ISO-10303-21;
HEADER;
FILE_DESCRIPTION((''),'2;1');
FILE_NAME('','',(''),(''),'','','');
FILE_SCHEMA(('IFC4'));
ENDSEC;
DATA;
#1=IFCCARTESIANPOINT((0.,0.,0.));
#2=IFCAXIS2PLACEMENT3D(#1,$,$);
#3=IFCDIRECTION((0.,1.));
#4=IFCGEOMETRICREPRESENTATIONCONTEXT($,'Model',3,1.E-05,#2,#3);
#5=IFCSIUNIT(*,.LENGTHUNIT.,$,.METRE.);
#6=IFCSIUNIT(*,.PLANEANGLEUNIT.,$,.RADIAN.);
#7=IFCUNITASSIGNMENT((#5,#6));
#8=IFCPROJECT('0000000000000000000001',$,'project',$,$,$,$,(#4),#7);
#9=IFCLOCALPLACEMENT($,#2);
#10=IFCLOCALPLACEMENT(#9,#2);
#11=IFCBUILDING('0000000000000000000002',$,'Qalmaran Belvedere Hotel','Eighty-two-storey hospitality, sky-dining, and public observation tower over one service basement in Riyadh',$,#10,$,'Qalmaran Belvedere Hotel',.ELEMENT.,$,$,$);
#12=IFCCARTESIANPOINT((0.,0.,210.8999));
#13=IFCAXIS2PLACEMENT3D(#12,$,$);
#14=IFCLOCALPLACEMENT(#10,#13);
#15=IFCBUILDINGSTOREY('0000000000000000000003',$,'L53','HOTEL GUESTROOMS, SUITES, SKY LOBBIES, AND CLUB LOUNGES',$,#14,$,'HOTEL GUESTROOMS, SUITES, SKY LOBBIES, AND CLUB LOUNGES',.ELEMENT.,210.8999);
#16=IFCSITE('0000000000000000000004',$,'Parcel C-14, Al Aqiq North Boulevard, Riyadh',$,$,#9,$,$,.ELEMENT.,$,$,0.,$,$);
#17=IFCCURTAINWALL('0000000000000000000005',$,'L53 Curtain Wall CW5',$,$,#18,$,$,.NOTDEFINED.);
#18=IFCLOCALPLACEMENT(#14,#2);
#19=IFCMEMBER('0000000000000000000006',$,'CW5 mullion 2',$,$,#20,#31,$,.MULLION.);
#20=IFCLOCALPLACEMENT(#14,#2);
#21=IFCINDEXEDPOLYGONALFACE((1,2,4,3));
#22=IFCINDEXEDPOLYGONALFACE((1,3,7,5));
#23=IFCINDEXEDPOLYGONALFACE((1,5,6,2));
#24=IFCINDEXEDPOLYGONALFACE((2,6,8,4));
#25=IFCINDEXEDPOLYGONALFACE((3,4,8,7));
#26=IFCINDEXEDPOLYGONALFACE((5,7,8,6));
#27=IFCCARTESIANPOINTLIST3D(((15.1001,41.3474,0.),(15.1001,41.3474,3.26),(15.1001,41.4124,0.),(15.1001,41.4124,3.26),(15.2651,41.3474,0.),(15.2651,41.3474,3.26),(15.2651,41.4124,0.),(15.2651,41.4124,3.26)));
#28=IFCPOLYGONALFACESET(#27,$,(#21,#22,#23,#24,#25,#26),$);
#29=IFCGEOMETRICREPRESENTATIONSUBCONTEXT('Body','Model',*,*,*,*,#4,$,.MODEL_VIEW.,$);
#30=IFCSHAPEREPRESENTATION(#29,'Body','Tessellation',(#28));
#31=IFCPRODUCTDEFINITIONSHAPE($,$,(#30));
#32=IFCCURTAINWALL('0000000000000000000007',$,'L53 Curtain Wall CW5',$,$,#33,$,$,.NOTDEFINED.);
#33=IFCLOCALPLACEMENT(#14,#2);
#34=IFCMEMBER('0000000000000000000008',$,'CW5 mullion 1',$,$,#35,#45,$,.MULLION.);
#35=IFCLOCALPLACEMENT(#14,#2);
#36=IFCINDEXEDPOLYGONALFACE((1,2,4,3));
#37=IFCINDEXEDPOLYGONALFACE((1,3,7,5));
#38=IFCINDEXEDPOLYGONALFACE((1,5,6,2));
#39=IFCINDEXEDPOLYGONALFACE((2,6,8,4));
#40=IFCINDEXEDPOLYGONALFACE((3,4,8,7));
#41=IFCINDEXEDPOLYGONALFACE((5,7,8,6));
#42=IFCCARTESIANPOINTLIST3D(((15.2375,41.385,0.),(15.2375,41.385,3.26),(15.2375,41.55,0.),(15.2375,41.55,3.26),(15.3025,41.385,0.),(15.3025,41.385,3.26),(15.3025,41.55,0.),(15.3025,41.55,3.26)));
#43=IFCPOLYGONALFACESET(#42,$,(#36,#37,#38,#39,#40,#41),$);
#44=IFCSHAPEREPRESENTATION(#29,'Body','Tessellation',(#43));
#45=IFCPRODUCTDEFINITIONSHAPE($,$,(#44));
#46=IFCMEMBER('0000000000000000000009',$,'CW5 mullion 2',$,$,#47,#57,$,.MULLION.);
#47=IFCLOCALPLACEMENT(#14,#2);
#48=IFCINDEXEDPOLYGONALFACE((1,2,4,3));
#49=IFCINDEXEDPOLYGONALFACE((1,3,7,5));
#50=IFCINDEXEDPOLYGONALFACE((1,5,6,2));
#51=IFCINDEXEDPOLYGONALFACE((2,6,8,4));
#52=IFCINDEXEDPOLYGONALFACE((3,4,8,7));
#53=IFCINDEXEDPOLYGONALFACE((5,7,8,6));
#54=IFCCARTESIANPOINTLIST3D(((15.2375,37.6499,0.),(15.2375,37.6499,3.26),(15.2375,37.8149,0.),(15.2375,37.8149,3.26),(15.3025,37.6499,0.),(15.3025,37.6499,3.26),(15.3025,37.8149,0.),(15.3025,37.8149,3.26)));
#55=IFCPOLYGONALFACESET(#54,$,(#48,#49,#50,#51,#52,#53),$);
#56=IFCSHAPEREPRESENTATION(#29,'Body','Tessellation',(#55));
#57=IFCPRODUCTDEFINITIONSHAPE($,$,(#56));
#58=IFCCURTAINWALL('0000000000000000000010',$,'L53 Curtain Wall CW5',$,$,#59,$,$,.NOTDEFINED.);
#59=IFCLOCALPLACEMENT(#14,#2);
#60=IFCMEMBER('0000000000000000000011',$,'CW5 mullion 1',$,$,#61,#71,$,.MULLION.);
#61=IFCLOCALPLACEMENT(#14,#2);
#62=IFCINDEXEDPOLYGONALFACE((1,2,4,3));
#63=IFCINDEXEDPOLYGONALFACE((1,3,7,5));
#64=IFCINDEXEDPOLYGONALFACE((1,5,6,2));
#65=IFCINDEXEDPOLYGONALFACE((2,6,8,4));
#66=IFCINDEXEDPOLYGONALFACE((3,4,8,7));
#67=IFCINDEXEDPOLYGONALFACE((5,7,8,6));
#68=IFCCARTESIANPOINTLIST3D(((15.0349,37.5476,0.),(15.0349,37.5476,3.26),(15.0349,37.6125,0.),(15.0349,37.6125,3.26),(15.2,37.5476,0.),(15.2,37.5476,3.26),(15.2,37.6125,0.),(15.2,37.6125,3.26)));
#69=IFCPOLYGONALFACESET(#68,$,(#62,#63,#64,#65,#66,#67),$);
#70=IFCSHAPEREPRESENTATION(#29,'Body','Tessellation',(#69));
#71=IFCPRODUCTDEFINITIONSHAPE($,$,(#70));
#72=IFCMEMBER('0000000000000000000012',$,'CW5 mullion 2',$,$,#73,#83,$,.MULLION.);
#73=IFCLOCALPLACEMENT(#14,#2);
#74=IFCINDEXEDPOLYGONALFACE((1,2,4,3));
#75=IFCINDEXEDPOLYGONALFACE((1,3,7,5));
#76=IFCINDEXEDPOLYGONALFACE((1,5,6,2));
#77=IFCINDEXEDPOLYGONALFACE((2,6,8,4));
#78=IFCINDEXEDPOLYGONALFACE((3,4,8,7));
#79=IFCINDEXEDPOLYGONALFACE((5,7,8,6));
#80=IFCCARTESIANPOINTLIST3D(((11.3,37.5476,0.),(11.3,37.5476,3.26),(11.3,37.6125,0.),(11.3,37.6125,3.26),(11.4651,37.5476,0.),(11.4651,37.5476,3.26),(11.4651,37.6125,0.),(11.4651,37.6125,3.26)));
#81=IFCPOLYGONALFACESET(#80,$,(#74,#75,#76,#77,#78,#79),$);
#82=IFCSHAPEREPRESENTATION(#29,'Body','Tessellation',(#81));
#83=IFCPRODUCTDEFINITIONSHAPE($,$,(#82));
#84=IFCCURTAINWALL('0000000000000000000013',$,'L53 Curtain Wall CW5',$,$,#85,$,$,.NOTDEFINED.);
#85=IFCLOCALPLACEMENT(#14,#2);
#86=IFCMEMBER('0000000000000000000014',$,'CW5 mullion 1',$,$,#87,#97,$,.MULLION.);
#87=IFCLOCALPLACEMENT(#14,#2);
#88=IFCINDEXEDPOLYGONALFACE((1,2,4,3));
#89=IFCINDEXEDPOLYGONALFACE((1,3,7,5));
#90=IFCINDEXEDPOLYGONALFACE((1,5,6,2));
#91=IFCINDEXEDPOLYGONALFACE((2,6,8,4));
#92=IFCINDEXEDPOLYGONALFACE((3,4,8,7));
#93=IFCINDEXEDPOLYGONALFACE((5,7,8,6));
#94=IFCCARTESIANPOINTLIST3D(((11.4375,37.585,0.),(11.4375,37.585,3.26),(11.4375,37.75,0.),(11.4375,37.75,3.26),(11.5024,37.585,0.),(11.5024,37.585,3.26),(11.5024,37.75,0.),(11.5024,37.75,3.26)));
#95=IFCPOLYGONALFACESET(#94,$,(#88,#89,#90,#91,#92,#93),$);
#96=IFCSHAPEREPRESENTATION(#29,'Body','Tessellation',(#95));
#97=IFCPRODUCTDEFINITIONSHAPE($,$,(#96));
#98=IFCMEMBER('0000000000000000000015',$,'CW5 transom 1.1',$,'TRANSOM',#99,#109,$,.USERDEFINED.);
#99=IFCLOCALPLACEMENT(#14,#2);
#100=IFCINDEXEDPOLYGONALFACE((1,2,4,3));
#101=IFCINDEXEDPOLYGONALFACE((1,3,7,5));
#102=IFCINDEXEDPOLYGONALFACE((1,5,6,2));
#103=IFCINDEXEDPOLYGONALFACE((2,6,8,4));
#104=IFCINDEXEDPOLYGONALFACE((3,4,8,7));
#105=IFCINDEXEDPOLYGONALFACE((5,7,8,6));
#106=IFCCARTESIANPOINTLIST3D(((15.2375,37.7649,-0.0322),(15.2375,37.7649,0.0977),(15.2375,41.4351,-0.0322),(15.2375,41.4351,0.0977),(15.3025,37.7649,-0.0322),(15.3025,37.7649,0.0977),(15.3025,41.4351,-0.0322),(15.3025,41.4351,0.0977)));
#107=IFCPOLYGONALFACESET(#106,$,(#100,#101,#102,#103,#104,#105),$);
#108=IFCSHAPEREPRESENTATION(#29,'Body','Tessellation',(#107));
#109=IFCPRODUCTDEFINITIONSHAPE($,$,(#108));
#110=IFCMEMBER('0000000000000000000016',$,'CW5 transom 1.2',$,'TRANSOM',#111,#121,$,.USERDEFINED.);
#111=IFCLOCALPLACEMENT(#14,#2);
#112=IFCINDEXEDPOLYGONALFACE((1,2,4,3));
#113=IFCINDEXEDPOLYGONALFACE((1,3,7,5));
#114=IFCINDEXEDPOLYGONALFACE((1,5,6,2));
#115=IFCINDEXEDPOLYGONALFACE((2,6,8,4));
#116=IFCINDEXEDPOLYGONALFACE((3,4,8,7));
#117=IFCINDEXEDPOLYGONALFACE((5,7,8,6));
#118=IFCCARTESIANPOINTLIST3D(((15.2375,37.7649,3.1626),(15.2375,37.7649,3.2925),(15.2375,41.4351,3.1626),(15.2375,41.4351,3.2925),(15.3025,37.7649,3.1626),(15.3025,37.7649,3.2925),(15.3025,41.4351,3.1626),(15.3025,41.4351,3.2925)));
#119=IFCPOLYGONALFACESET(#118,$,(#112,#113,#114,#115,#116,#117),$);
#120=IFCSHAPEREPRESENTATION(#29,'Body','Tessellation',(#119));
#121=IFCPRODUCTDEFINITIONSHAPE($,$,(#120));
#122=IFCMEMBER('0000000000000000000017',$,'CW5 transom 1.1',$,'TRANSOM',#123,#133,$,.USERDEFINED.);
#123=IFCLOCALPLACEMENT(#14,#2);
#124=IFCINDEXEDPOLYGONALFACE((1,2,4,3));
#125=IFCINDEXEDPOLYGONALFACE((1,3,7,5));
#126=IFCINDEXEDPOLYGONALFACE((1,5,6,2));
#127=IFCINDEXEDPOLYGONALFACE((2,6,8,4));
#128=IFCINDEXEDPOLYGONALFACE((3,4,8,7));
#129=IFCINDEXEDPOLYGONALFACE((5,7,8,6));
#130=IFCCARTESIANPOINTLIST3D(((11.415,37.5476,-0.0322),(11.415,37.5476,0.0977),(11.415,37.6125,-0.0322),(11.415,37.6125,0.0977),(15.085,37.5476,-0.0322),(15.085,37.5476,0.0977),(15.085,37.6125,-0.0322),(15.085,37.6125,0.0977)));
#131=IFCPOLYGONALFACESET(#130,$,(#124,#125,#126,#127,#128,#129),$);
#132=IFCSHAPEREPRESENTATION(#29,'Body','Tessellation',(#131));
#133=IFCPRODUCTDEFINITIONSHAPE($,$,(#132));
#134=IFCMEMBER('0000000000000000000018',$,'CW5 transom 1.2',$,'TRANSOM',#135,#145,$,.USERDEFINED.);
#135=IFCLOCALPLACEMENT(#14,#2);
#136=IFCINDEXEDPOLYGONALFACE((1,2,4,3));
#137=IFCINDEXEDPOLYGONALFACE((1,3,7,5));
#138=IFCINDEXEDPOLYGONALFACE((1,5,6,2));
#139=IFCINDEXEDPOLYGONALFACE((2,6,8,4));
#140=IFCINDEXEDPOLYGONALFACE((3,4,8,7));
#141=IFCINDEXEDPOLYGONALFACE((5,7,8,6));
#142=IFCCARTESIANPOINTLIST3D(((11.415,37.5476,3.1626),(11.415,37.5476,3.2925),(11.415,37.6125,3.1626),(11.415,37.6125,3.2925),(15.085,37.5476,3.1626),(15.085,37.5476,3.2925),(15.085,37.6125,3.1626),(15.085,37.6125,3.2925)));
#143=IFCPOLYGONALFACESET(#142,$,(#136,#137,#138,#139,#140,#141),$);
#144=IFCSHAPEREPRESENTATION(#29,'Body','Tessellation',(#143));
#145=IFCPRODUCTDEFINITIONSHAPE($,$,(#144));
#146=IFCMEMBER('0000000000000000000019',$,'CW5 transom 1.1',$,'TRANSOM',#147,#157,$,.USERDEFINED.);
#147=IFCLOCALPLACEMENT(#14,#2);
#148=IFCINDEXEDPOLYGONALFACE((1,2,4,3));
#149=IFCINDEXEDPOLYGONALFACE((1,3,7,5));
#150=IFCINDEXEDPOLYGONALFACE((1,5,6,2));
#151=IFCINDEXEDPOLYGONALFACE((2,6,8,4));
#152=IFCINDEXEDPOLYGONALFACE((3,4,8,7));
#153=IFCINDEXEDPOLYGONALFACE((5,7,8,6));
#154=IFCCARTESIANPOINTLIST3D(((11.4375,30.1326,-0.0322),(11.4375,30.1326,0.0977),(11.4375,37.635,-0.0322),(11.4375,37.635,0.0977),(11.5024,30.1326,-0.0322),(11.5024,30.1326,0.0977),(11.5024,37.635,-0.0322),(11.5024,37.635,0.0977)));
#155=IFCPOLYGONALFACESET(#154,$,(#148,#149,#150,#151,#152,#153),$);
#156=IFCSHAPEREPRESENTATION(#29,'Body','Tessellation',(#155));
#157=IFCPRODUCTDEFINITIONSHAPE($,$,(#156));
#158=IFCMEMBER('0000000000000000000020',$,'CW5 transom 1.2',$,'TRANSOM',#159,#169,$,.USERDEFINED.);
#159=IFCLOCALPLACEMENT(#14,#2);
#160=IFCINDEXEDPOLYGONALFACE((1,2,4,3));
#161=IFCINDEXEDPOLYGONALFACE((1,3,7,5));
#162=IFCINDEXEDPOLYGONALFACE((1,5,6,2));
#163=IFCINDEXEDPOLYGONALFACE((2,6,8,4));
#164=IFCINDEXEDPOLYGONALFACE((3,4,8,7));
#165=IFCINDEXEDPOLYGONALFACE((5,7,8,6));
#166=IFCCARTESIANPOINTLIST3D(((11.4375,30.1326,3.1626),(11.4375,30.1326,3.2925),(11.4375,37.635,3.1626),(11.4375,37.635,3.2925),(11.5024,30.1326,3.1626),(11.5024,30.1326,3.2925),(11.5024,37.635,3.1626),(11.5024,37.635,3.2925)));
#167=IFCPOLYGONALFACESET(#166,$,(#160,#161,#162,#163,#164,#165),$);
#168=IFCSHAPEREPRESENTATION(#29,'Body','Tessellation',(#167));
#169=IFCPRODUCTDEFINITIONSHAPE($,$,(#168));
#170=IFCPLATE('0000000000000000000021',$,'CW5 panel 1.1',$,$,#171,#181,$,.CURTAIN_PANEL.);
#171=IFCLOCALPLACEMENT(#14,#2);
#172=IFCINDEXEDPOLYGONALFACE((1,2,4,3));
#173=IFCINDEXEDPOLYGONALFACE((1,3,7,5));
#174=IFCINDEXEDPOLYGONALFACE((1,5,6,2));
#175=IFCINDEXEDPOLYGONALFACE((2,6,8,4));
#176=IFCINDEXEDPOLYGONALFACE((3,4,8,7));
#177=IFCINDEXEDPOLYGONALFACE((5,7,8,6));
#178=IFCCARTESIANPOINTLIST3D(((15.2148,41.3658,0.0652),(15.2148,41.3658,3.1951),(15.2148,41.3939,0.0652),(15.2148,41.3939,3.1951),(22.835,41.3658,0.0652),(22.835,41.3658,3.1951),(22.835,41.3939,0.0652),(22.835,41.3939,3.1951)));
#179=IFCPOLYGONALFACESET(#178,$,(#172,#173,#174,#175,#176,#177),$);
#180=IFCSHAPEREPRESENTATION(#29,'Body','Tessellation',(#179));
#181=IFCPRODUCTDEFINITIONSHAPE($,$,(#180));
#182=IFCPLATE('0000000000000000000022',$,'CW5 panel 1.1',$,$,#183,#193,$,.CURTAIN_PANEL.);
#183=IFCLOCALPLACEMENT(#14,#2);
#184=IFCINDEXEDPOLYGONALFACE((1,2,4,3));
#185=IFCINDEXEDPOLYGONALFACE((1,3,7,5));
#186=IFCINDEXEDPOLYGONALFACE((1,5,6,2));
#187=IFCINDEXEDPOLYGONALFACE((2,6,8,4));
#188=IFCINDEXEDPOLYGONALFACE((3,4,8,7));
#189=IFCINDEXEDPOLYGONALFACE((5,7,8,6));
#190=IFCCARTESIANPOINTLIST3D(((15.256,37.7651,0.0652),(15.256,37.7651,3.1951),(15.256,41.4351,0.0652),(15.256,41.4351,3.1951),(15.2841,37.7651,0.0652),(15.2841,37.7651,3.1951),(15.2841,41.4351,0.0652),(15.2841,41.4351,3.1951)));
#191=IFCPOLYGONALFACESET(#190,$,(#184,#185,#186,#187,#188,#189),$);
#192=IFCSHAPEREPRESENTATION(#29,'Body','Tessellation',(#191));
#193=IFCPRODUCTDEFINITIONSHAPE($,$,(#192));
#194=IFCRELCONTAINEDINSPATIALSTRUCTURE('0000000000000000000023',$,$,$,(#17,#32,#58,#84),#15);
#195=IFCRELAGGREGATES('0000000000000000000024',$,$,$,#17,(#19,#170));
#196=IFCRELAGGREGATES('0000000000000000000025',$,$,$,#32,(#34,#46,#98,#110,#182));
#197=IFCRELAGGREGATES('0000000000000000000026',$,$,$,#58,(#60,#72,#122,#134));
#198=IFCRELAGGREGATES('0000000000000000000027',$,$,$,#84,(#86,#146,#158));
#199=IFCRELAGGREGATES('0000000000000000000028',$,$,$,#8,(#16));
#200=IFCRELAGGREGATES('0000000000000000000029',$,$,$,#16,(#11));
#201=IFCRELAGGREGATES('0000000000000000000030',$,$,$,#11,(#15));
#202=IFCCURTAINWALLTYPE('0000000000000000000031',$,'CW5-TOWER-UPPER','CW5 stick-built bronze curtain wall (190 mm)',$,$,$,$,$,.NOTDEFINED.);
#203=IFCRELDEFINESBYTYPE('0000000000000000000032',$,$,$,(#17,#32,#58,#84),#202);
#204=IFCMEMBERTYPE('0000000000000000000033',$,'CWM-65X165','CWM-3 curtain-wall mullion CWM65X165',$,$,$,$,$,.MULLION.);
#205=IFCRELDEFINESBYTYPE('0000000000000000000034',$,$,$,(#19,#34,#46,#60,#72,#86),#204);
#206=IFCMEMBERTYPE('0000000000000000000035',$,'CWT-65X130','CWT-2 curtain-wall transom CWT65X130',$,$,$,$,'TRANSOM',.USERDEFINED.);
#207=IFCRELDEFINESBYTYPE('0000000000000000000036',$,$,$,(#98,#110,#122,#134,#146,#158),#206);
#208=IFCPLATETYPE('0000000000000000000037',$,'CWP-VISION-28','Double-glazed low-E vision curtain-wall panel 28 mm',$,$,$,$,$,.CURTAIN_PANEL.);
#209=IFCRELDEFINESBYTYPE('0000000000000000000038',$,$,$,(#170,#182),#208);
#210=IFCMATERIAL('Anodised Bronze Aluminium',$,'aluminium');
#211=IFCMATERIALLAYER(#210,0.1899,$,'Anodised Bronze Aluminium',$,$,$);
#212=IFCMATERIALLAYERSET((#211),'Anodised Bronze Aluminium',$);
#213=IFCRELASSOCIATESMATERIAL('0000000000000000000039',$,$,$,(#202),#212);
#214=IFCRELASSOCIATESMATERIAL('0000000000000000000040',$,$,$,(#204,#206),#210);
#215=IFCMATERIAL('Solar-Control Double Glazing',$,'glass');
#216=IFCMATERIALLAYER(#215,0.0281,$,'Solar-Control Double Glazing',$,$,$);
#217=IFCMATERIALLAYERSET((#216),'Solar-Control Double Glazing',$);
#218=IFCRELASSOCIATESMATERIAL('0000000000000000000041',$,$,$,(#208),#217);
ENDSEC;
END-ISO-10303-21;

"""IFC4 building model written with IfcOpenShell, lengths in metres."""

from ifc_helpers import new_model, si_unit, direction, frame, origin, origin_2d, place, context, subcontext, project, spatial, rectangle, extrude, material, layer, layer_set, material_profile, profile_set, type_object, element, aggregate, save


model = new_model("IFC4")

# Units and contexts
model_context = context("Model", 3, precision=1e-05, world=origin(), true_north=direction((0.0, 1.0)))
body_context = subcontext(model_context, "Body", "Model", "MODEL_VIEW")
ifc_project = project(units=[si_unit("LENGTHUNIT", "METRE"), si_unit("PLANEANGLEUNIT", "RADIAN")], contexts=[model_context])

# Site, building, storey
site_placement = place(None, origin())
site = spatial("IfcSite", under=ifc_project, at=site_placement, Name="Parcel C-14, Al Aqiq North Boulevard, Riyadh", CompositionType="ELEMENT", RefElevation=0.0)
building_placement = place(site_placement, origin())
building = spatial("IfcBuilding", under=site, at=building_placement, Name="Qalmaran Belvedere Hotel", Description="Eighty-two-storey hospitality, sky-dining, and public observation tower over one service basement in Riyadh", LongName="Qalmaran Belvedere Hotel", CompositionType="ELEMENT")
storey_placement = place(building_placement, frame((0.0, 0.0, 210.8999)))
storey = spatial("IfcBuildingStorey", under=building, at=storey_placement, Name="L53", Description="HOTEL GUESTROOMS, SUITES, SKY LOBBIES, AND CLUB LOUNGES", LongName="HOTEL GUESTROOMS, SUITES, SKY LOBBIES, AND CLUB LOUNGES", CompositionType="ELEMENT", Elevation=210.8999)

# Curtain wall, member
ifc_material_1 = material(Name="Anodised Bronze Aluminium", Category="aluminium")
ifc_layer_1 = layer(ifc_material_1, 0.1899, Name="Anodised Bronze Aluminium")
ifc_layer_set_1 = layer_set([ifc_layer_1], Name="Anodised Bronze Aluminium")
curtain_wall_type = type_object("IfcCurtainWallType", Name="CW5-TOWER-UPPER", Description="CW5 stick-built bronze curtain wall (190 mm)", PredefinedType="NOTDEFINED", material=ifc_layer_set_1)
curtain_wall_1_placement = place(storey_placement, origin())
curtain_wall_1 = element("IfcCurtainWall", 1, at=curtain_wall_1_placement, inside=storey, type_object=curtain_wall_type, Name="L53 Curtain Wall CW5", PredefinedType="NOTDEFINED")
ifc_material_profile_1 = material_profile(ifc_material_1, rectangle(XDim=0.0649, YDim=0.165, at=origin_2d()), Name="CWM65X165")
ifc_profile_set_1 = profile_set([ifc_material_profile_1], Name="Anodised Bronze Aluminium")
member_type_1 = type_object("IfcMemberType", Name="CWM-65X165", Description="CWM-3 curtain-wall mullion CWM65X165", PredefinedType="MULLION", material=ifc_profile_set_1)
member_1_placement = place(storey_placement, frame((15.1826, 41.3799, 0.0), z_axis=(0.0, 0.0, 1.0), x_axis=(0.0, -1.0, 0.0)))
member_1 = element("IfcMember", 2, at=member_1_placement, type_object=member_type_1, Name="CW5 mullion 2", PredefinedType="MULLION", context=body_context, shape_type="SweptSolid", body=[
    extrude(rectangle(XDim=0.0649, YDim=0.165, at=origin_2d()), origin(), (0.0, 0.0, 1.0), 3.26),
])

# Curtain walls, members
curtain_wall_2_placement = place(storey_placement, origin())
curtain_wall_2 = element("IfcCurtainWall", 3, at=curtain_wall_2_placement, inside=storey, type_object=curtain_wall_type, Name="L53 Curtain Wall CW5", PredefinedType="NOTDEFINED")
member_2_placement = place(storey_placement, frame((15.27, 41.4675, 0.0), z_axis=(0.0, 0.0, 1.0), x_axis=(1.0, 0.0, 0.0)))
member_2 = element("IfcMember", 4, at=member_2_placement, type_object=member_type_1, Name="CW5 mullion 1", PredefinedType="MULLION", context=body_context, shape_type="SweptSolid", body=[
    extrude(rectangle(XDim=0.0649, YDim=0.165, at=origin_2d()), origin(), (0.0, 0.0, 1.0), 3.26),
])
member_3_placement = place(storey_placement, frame((15.27, 37.7324, 0.0), z_axis=(0.0, 0.0, 1.0), x_axis=(1.0, 0.0, 0.0)))
member_3 = element("IfcMember", 5, at=member_3_placement, type_object=member_type_1, Name="CW5 mullion 2", PredefinedType="MULLION", context=body_context, shape_type="SweptSolid", body=[
    extrude(rectangle(XDim=0.0649, YDim=0.165, at=origin_2d()), origin(), (0.0, 0.0, 1.0), 3.26),
])
curtain_wall_3_placement = place(storey_placement, origin())
curtain_wall_3 = element("IfcCurtainWall", 6, at=curtain_wall_3_placement, inside=storey, type_object=curtain_wall_type, Name="L53 Curtain Wall CW5", PredefinedType="NOTDEFINED")
member_4_placement = place(storey_placement, frame((15.1174, 37.5801, 0.0), z_axis=(0.0, 0.0, 1.0), x_axis=(0.0, -1.0, 0.0)))
member_4 = element("IfcMember", 7, at=member_4_placement, type_object=member_type_1, Name="CW5 mullion 1", PredefinedType="MULLION", context=body_context, shape_type="SweptSolid", body=[
    extrude(rectangle(XDim=0.0649, YDim=0.165, at=origin_2d()), origin(), (0.0, 0.0, 1.0), 3.26),
])
member_5_placement = place(storey_placement, frame((11.3826, 37.5801, 0.0), z_axis=(0.0, 0.0, 1.0), x_axis=(0.0, -1.0, 0.0)))
member_5 = element("IfcMember", 8, at=member_5_placement, type_object=member_type_1, Name="CW5 mullion 2", PredefinedType="MULLION", context=body_context, shape_type="SweptSolid", body=[
    extrude(rectangle(XDim=0.0649, YDim=0.165, at=origin_2d()), origin(), (0.0, 0.0, 1.0), 3.26),
])

# Curtain wall, member
curtain_wall_4_placement = place(storey_placement, origin())
curtain_wall_4 = element("IfcCurtainWall", 9, at=curtain_wall_4_placement, inside=storey, type_object=curtain_wall_type, Name="L53 Curtain Wall CW5", PredefinedType="NOTDEFINED")
member_6_placement = place(storey_placement, frame((11.47, 37.6675, 0.0), z_axis=(0.0, 0.0, 1.0), x_axis=(1.0, 0.0, 0.0)))
member_6 = element("IfcMember", 10, at=member_6_placement, type_object=member_type_1, Name="CW5 mullion 1", PredefinedType="MULLION", context=body_context, shape_type="SweptSolid", body=[
    extrude(rectangle(XDim=0.0649, YDim=0.165, at=origin_2d()), origin(), (0.0, 0.0, 1.0), 3.26),
])

# Members
ifc_material_profile_2 = material_profile(ifc_material_1, rectangle(XDim=0.0649, YDim=0.1299, at=origin_2d()), Name="CWT65X130")
ifc_profile_set_2 = profile_set([ifc_material_profile_2], Name="Anodised Bronze Aluminium")
member_type_2 = type_object("IfcMemberType", Name="CWT-65X130", Description="CWT-2 curtain-wall transom CWT65X130", ElementType="TRANSOM", PredefinedType="USERDEFINED", material=ifc_profile_set_2)
member_7_placement = place(storey_placement, frame((15.27, 41.4351, 0.0327), z_axis=(0.0, -1.0, 0.0), x_axis=(1.0, 0.0, 0.0)))
member_7 = element("IfcMember", 11, at=member_7_placement, type_object=member_type_2, Name="CW5 transom 1.1", ObjectType="TRANSOM", PredefinedType="USERDEFINED", context=body_context, shape_type="SweptSolid", body=[
    extrude(rectangle(XDim=0.0649, YDim=0.1299, at=origin_2d()), origin(), (0.0, 0.0, 1.0), 3.6702),
])
member_8_placement = place(storey_placement, frame((15.27, 41.4351, 3.2275), z_axis=(0.0, -1.0, 0.0), x_axis=(1.0, 0.0, 0.0)))
member_8 = element("IfcMember", 12, at=member_8_placement, type_object=member_type_2, Name="CW5 transom 1.2", ObjectType="TRANSOM", PredefinedType="USERDEFINED", context=body_context, shape_type="SweptSolid", body=[
    extrude(rectangle(XDim=0.0649, YDim=0.1299, at=origin_2d()), origin(), (0.0, 0.0, 1.0), 3.6702),
])
member_9_placement = place(storey_placement, frame((15.085, 37.5801, 0.0327), z_axis=(-1.0, 0.0, 0.0), x_axis=(0.0, -1.0, 0.0)))
member_9 = element("IfcMember", 13, at=member_9_placement, type_object=member_type_2, Name="CW5 transom 1.1", ObjectType="TRANSOM", PredefinedType="USERDEFINED", context=body_context, shape_type="SweptSolid", body=[
    extrude(rectangle(XDim=0.0649, YDim=0.1299, at=origin_2d()), origin(), (0.0, 0.0, 1.0), 3.6699),
])
member_10_placement = place(storey_placement, frame((15.085, 37.5801, 3.2275), z_axis=(-1.0, 0.0, 0.0), x_axis=(0.0, -1.0, 0.0)))
member_10 = element("IfcMember", 14, at=member_10_placement, type_object=member_type_2, Name="CW5 transom 1.2", ObjectType="TRANSOM", PredefinedType="USERDEFINED", context=body_context, shape_type="SweptSolid", body=[
    extrude(rectangle(XDim=0.0649, YDim=0.1299, at=origin_2d()), origin(), (0.0, 0.0, 1.0), 3.6699),
])
member_11_placement = place(storey_placement, frame((11.47, 37.635, 0.0327), z_axis=(0.0, -1.0, 0.0), x_axis=(1.0, 0.0, 0.0)))
member_11 = element("IfcMember", 15, at=member_11_placement, type_object=member_type_2, Name="CW5 transom 1.1", ObjectType="TRANSOM", PredefinedType="USERDEFINED", context=body_context, shape_type="SweptSolid", body=[
    extrude(rectangle(XDim=0.0649, YDim=0.1299, at=origin_2d()), origin(), (0.0, 0.0, 1.0), 7.5024),
])
member_12_placement = place(storey_placement, frame((11.47, 37.635, 3.2275), z_axis=(0.0, -1.0, 0.0), x_axis=(1.0, 0.0, 0.0)))
member_12 = element("IfcMember", 16, at=member_12_placement, type_object=member_type_2, Name="CW5 transom 1.2", ObjectType="TRANSOM", PredefinedType="USERDEFINED", context=body_context, shape_type="SweptSolid", body=[
    extrude(rectangle(XDim=0.0649, YDim=0.1299, at=origin_2d()), origin(), (0.0, 0.0, 1.0), 7.5024),
])

# Plates
ifc_material_2 = material(Name="Solar-Control Double Glazing", Category="glass")
ifc_layer_2 = layer(ifc_material_2, 0.0281, Name="Solar-Control Double Glazing")
ifc_layer_set_2 = layer_set([ifc_layer_2], Name="Solar-Control Double Glazing")
plate_type = type_object("IfcPlateType", Name="CWP-VISION-28", Description="Double-glazed low-E vision curtain-wall panel 28 mm", PredefinedType="CURTAIN_PANEL", material=ifc_layer_set_2)
plate_1_placement = place(storey_placement, frame((19.0249, 41.3799, 0.0652), z_axis=(0.0, 0.0, 1.0), x_axis=(-1.0, 0.0, 0.0)))
plate_1 = element("IfcPlate", 17, at=plate_1_placement, type_object=plate_type, Name="CW5 panel 1.1", PredefinedType="CURTAIN_PANEL", context=body_context, shape_type="SweptSolid", body=[
    extrude(rectangle(XDim=7.6201, YDim=0.0281, at=origin_2d()), origin(), (0.0, 0.0, 1.0), 3.1299),
])
aggregate(curtain_wall_1, [member_1, plate_1])
plate_2_placement = place(storey_placement, frame((15.27, 39.6001, 0.0652), z_axis=(0.0, 0.0, 1.0), x_axis=(0.0, -1.0, 0.0)))
plate_2 = element("IfcPlate", 18, at=plate_2_placement, type_object=plate_type, Name="CW5 panel 1.1", PredefinedType="CURTAIN_PANEL", context=body_context, shape_type="SweptSolid", body=[
    extrude(rectangle(XDim=3.6699, YDim=0.0281, at=origin_2d()), origin(), (0.0, 0.0, 1.0), 3.1299),
])
aggregate(curtain_wall_2, [member_2, member_3, member_7, member_8, plate_2])
aggregate(curtain_wall_3, [member_4, member_5, member_9, member_10])
aggregate(curtain_wall_4, [member_6, member_11, member_12])

save(model, "model.ifc")
